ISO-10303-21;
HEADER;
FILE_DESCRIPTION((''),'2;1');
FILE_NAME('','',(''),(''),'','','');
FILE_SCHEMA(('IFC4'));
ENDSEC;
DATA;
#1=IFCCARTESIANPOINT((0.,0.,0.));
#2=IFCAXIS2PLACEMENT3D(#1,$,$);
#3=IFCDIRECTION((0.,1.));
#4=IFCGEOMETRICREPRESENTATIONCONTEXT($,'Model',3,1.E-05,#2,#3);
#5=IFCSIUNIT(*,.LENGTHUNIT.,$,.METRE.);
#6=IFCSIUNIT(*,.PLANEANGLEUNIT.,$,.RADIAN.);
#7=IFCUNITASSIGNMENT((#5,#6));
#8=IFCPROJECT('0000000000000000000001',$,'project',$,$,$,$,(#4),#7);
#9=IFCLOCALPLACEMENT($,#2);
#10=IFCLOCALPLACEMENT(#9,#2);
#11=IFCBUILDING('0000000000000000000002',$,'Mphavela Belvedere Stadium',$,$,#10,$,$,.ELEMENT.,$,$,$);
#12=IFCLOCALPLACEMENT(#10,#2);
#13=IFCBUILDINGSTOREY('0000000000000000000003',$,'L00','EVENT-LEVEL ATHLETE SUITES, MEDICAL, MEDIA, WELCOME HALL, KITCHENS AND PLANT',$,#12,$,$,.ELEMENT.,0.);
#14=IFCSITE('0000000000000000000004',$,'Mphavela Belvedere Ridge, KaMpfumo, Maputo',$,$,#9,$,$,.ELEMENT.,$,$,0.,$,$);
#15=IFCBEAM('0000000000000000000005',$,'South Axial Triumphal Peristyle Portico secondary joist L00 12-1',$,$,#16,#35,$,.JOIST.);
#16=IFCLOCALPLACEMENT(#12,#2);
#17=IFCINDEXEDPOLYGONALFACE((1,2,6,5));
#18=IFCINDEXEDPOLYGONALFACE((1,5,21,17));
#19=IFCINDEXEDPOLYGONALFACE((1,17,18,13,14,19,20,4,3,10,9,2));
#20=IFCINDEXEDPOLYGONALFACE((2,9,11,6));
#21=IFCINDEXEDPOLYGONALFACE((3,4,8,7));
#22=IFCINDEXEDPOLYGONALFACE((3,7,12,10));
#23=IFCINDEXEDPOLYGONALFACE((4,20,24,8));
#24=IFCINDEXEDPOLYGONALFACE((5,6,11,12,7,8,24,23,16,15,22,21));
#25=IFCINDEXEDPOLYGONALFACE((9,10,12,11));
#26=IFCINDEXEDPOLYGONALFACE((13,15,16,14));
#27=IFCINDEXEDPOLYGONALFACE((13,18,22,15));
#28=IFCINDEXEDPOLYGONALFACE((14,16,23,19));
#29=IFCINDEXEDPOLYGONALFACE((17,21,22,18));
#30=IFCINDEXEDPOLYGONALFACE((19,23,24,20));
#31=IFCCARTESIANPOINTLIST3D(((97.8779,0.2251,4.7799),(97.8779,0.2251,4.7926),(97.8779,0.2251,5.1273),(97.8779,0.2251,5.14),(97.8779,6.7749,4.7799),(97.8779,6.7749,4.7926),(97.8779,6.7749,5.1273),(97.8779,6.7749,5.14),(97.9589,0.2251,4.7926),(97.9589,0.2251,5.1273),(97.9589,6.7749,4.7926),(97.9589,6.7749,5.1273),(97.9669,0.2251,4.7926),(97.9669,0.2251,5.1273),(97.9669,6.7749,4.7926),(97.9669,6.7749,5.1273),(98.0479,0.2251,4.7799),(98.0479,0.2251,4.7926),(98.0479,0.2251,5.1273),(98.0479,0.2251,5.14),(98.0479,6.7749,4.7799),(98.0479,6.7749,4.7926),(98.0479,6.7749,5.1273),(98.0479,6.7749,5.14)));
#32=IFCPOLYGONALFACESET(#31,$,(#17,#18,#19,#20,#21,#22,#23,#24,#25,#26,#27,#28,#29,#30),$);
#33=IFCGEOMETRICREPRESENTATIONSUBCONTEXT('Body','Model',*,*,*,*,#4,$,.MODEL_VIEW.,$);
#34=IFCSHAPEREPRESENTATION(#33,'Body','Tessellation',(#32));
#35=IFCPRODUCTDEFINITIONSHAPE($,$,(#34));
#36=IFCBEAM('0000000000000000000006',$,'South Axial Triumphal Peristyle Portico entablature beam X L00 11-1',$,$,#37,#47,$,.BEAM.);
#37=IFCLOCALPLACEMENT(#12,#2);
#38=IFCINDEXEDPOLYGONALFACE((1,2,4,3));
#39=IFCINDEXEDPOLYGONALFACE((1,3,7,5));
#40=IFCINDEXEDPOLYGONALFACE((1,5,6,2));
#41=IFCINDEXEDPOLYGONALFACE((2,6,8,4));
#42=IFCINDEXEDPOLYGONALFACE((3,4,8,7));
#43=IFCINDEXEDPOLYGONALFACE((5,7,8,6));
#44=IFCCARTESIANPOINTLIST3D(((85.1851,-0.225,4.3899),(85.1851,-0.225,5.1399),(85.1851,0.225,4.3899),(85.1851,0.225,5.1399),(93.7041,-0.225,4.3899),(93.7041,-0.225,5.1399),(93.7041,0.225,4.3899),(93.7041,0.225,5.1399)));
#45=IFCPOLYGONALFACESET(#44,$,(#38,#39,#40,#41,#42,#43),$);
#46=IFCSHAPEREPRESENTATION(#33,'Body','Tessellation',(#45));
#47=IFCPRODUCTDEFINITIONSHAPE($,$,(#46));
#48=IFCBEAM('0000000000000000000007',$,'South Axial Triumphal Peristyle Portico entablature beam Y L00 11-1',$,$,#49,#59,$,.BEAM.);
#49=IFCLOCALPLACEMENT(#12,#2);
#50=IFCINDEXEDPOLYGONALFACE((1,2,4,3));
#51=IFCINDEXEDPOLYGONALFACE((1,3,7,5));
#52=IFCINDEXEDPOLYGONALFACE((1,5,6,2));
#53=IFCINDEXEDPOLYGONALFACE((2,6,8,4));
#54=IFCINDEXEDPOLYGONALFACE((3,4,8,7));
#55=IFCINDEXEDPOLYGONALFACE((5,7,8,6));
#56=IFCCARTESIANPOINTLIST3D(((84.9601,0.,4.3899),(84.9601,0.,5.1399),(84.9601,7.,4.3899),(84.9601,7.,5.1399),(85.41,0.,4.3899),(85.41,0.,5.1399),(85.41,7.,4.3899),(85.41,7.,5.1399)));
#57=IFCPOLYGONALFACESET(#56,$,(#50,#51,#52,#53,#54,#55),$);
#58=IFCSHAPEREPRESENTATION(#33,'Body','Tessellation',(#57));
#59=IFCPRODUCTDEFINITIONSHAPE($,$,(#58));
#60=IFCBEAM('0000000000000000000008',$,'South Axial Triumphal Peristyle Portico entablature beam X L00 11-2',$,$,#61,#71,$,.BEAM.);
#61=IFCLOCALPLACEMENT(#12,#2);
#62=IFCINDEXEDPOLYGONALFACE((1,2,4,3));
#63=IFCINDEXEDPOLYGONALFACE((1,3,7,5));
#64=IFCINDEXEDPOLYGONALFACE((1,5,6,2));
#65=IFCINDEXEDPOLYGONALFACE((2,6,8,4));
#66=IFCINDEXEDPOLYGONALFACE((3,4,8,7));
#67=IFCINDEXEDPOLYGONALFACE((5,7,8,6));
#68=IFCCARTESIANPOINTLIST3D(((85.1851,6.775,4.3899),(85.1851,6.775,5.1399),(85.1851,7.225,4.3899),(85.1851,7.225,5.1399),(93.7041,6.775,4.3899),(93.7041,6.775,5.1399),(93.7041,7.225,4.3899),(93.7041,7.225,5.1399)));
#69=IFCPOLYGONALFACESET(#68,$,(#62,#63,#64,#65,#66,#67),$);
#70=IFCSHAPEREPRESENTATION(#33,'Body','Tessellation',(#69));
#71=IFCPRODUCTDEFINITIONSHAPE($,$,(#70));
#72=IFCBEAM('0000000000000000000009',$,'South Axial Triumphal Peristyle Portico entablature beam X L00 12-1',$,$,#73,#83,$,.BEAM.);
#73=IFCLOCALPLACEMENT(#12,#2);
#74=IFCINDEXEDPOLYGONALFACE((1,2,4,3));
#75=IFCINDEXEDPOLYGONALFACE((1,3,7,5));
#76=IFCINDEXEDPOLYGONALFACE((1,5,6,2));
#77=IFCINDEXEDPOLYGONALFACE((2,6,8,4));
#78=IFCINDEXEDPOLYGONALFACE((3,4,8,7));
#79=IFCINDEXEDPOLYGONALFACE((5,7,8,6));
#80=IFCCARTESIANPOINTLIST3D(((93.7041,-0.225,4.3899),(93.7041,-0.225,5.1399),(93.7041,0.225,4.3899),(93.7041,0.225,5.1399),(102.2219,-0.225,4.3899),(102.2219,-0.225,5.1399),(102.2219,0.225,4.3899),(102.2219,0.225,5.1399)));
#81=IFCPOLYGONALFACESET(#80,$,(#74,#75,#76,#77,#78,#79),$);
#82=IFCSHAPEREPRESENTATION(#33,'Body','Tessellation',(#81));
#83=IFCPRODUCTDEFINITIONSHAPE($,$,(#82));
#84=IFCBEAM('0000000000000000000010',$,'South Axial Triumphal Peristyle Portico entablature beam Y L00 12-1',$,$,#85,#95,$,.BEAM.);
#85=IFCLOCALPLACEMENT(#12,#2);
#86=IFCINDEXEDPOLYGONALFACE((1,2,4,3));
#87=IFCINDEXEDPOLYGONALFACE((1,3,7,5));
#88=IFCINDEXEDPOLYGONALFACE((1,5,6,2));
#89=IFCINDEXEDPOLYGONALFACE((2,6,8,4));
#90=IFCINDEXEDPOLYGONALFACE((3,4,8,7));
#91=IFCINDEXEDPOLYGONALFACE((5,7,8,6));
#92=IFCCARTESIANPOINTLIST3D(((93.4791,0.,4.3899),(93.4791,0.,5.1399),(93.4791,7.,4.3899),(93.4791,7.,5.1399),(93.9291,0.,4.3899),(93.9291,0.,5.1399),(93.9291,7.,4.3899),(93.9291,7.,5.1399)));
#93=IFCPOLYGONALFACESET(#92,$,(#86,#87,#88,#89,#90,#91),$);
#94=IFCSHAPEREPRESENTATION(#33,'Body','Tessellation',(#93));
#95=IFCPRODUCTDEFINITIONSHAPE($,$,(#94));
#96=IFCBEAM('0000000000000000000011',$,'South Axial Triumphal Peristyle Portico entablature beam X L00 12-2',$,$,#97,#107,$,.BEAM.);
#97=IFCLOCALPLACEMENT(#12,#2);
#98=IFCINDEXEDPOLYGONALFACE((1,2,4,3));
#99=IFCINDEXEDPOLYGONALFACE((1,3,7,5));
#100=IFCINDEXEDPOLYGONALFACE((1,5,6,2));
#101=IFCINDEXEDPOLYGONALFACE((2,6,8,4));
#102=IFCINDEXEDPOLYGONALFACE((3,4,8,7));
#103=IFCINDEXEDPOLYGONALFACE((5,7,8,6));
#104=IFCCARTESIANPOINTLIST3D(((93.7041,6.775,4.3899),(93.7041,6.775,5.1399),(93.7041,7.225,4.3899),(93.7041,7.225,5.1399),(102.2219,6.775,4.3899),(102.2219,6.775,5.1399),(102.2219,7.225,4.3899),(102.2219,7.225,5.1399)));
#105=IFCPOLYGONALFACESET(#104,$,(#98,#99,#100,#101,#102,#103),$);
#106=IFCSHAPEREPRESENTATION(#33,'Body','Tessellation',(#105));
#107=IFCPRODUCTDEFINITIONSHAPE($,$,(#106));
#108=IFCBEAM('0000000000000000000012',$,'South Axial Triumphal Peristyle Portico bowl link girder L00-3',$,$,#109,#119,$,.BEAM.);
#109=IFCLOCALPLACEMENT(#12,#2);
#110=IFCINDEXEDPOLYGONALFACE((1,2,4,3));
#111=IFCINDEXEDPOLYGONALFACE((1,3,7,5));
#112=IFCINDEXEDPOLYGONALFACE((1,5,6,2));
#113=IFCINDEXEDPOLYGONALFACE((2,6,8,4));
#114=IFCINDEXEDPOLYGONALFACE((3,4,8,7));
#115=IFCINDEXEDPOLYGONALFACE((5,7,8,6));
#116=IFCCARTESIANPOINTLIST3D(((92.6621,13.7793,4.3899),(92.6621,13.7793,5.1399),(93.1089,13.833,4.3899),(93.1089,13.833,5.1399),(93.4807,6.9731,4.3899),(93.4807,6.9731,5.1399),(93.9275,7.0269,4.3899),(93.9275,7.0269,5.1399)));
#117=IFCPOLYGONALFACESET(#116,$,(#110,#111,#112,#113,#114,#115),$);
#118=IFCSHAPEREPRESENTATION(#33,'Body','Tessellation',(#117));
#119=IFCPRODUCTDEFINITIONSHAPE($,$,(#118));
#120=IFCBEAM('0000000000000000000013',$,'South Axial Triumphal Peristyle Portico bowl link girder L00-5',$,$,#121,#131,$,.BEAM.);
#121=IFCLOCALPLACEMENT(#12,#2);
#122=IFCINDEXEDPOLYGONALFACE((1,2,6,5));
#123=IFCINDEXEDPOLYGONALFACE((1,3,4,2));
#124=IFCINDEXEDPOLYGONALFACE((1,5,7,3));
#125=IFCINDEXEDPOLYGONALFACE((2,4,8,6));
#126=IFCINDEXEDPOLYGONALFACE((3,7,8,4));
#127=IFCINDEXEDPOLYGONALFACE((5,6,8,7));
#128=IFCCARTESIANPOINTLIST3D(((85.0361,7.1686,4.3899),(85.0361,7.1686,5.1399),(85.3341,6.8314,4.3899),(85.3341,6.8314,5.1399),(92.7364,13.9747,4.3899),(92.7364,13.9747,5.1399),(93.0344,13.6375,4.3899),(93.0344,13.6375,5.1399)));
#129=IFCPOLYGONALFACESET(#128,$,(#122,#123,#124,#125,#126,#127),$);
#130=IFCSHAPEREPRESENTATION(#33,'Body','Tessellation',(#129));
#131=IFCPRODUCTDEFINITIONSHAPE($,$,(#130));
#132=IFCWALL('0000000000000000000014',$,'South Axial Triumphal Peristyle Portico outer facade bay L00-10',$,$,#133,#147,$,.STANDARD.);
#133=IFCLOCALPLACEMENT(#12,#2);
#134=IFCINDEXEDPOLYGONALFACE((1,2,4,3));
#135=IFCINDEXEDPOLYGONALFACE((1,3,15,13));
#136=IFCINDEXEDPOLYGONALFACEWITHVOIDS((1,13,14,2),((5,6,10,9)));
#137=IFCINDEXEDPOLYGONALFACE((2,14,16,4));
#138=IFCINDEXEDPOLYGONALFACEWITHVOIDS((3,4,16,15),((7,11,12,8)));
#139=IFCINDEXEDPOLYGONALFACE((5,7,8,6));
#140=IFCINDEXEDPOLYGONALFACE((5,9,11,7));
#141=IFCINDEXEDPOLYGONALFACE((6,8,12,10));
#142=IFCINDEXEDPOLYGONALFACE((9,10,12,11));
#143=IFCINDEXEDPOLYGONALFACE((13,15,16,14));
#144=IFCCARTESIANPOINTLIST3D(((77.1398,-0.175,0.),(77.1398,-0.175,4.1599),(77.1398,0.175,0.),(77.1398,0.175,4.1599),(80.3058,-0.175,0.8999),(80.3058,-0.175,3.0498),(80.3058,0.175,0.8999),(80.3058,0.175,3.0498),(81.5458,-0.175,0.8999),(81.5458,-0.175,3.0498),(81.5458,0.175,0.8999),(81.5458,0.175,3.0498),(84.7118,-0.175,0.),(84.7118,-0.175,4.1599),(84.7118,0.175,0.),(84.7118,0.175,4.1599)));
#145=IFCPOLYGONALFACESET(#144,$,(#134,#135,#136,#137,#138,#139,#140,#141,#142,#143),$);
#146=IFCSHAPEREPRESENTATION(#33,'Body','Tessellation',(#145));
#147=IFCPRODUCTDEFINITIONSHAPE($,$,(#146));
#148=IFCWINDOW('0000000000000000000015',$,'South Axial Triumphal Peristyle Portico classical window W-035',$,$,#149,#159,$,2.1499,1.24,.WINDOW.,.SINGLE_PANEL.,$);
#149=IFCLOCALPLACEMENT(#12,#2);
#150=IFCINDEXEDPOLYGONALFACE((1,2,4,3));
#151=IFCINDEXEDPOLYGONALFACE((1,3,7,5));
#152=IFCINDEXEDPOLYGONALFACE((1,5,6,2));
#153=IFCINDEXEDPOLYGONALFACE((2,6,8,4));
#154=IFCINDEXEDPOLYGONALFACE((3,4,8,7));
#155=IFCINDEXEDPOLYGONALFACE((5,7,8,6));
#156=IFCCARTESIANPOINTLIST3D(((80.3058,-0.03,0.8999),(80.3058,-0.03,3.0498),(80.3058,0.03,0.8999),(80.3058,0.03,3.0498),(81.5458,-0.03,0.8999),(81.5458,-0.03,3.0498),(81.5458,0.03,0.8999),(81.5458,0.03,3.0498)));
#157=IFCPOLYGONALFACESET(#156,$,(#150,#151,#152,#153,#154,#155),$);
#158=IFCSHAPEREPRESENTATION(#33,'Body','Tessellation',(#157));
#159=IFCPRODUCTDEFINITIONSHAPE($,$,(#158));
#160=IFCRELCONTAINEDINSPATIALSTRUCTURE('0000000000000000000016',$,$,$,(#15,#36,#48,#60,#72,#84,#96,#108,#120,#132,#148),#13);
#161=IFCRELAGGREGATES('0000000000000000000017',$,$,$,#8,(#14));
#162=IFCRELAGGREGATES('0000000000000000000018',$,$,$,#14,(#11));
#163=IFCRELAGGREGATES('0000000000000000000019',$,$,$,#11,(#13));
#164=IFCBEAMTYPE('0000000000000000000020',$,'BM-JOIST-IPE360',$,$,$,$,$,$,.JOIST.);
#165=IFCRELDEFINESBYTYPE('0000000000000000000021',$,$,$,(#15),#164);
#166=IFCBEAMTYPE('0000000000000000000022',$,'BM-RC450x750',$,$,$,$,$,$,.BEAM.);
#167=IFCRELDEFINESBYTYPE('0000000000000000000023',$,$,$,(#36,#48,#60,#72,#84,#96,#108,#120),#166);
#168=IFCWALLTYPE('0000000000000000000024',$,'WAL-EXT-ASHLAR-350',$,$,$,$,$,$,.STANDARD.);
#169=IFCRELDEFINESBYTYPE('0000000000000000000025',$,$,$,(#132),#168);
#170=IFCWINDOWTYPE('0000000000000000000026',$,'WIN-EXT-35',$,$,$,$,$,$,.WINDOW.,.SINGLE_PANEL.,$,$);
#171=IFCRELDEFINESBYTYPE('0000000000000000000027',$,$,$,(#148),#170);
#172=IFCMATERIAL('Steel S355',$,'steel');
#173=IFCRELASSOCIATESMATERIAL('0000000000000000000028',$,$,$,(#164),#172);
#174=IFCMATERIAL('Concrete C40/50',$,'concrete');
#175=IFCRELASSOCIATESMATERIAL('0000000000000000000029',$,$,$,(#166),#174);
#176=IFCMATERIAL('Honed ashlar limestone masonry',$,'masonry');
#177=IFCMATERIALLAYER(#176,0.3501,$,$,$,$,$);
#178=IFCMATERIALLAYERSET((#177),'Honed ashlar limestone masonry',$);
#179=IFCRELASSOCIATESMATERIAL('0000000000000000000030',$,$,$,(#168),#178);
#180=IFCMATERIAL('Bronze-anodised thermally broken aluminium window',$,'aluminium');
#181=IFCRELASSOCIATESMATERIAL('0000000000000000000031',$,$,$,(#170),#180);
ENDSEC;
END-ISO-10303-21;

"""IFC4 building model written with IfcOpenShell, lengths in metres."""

from ifc_helpers import new_model, si_unit, direction, frame, frame_2d, origin, origin_2d, place, context, subcontext, project, spatial, rectangle, i_section, extrude, material, layer, layer_set, material_profile, profile_set, type_object, element, fill, save


model = new_model("IFC4")

# Units and contexts
model_context = context("Model", 3, precision=1e-05, world=origin(), true_north=direction((0.0, 1.0)))
body_context = subcontext(model_context, "Body", "Model", "MODEL_VIEW")
ifc_project = project(units=[si_unit("LENGTHUNIT", "METRE"), si_unit("PLANEANGLEUNIT", "RADIAN")], contexts=[model_context])

# Site, building, storey
site_placement = place(None, origin())
site = spatial("IfcSite", under=ifc_project, at=site_placement, Name="Mphavela Belvedere Ridge, KaMpfumo, Maputo", CompositionType="ELEMENT", RefElevation=0.0)
building_placement = place(site_placement, origin())
building = spatial("IfcBuilding", under=site, at=building_placement, Name="Mphavela Belvedere Stadium", CompositionType="ELEMENT")
storey_placement = place(building_placement, origin())
storey = spatial("IfcBuildingStorey", under=building, at=storey_placement, Name="L00", Description="EVENT-LEVEL ATHLETE SUITES, MEDICAL, MEDIA, WELCOME HALL, KITCHENS AND PLANT", CompositionType="ELEMENT", Elevation=0.0)

# Beams
ifc_material_1 = material(Name="Steel S355", Category="steel")
ifc_material_profile_1 = material_profile(ifc_material_1, i_section(OverallWidth=0.1699, OverallDepth=0.3601, WebThickness=0.0081, FlangeThickness=0.0127, at=origin_2d()), Name="IPE 360")
ifc_profile_set_1 = profile_set([ifc_material_profile_1], Name="Steel S355")
beam_type_1 = type_object("IfcBeamType", Name="BM-JOIST-IPE360", PredefinedType="JOIST", material=ifc_profile_set_1)
for number, where, z_axis, x_axis, name in (
    (1, (97.9629, 0.2251, 4.96), (0.0, 1.0, 0.0), (-1.0, 0.0, 0.0), "South Axial Triumphal Peristyle Portico secondary joist L00 12-1"),
):
    element("IfcBeam", number, at=place(storey_placement, frame(where, z_axis=z_axis, x_axis=x_axis)), inside=storey, type_object=beam_type_1, Name=name, PredefinedType="JOIST", context=body_context, shape_type="SweptSolid", body=[
        extrude(i_section(OverallWidth=0.1699, OverallDepth=0.3601, WebThickness=0.0081, FlangeThickness=0.0127, at=origin_2d()), origin(), (0.0, 0.0, 1.0), 6.5498),
    ])
ifc_material_2 = material(Name="Concrete C40/50", Category="concrete")
ifc_material_profile_2 = material_profile(ifc_material_2, rectangle(XDim=0.45, YDim=0.75, at=origin_2d()), Name="RC 450x750")
ifc_profile_set_2 = profile_set([ifc_material_profile_2], Name="Concrete C40/50")
beam_type_2 = type_object("IfcBeamType", Name="BM-RC450x750", PredefinedType="BEAM", material=ifc_profile_set_2)
beam_1_placement = place(storey_placement, frame((85.1851, 0.0, 4.7649), z_axis=(1.0, 0.0, 0.0), x_axis=(0.0, 1.0, 0.0)))
element("IfcBeam", 2, at=beam_1_placement, inside=storey, type_object=beam_type_2, Name="South Axial Triumphal Peristyle Portico entablature beam X L00 11-1", PredefinedType="BEAM", context=body_context, shape_type="SweptSolid", body=[
    extrude(rectangle(XDim=0.45, YDim=0.75, at=origin_2d()), origin(), (0.0, 0.0, 1.0), 8.519),
])
beam_2_placement = place(storey_placement, frame((85.1851, 0.0, 4.7649), z_axis=(0.0, 1.0, 0.0), x_axis=(-1.0, 0.0, 0.0)))
element("IfcBeam", 3, at=beam_2_placement, inside=storey, type_object=beam_type_2, Name="South Axial Triumphal Peristyle Portico entablature beam Y L00 11-1", PredefinedType="BEAM", context=body_context, shape_type="SweptSolid", body=[
    extrude(rectangle(XDim=0.45, YDim=0.75, at=origin_2d()), origin(), (0.0, 0.0, 1.0), 7.0),
])
beam_3_placement = place(storey_placement, frame((85.1851, 7.0, 4.7649), z_axis=(1.0, 0.0, 0.0), x_axis=(0.0, 1.0, 0.0)))
element("IfcBeam", 4, at=beam_3_placement, inside=storey, type_object=beam_type_2, Name="South Axial Triumphal Peristyle Portico entablature beam X L00 11-2", PredefinedType="BEAM", context=body_context, shape_type="SweptSolid", body=[
    extrude(rectangle(XDim=0.45, YDim=0.75, at=origin_2d()), origin(), (0.0, 0.0, 1.0), 8.519),
])
beam_4_placement = place(storey_placement, frame((93.7041, 0.0, 4.7649), z_axis=(1.0, 0.0, 0.0), x_axis=(0.0, 1.0, 0.0)))
element("IfcBeam", 5, at=beam_4_placement, inside=storey, type_object=beam_type_2, Name="South Axial Triumphal Peristyle Portico entablature beam X L00 12-1", PredefinedType="BEAM", context=body_context, shape_type="SweptSolid", body=[
    extrude(rectangle(XDim=0.45, YDim=0.75, at=origin_2d()), origin(), (0.0, 0.0, 1.0), 8.5178),
])
beam_5_placement = place(storey_placement, frame((93.7041, 0.0, 4.7649), z_axis=(0.0, 1.0, 0.0), x_axis=(-1.0, 0.0, 0.0)))
element("IfcBeam", 6, at=beam_5_placement, inside=storey, type_object=beam_type_2, Name="South Axial Triumphal Peristyle Portico entablature beam Y L00 12-1", PredefinedType="BEAM", context=body_context, shape_type="SweptSolid", body=[
    extrude(rectangle(XDim=0.45, YDim=0.75, at=origin_2d()), origin(), (0.0, 0.0, 1.0), 7.0),
])
beam_6_placement = place(storey_placement, frame((93.7041, 7.0, 4.7649), z_axis=(1.0, 0.0, 0.0), x_axis=(0.0, 1.0, 0.0)))
element("IfcBeam", 7, at=beam_6_placement, inside=storey, type_object=beam_type_2, Name="South Axial Triumphal Peristyle Portico entablature beam X L00 12-2", PredefinedType="BEAM", context=body_context, shape_type="SweptSolid", body=[
    extrude(rectangle(XDim=0.45, YDim=0.75, at=origin_2d()), origin(), (0.0, 0.0, 1.0), 8.5178),
])
beam_7_placement = place(storey_placement, frame((93.7041, 7.0, 4.7649), z_axis=(-0.119413, 0.992845, 0.0), x_axis=(-0.992845, -0.119413, 0.0)))
element("IfcBeam", 8, at=beam_7_placement, inside=storey, type_object=beam_type_2, Name="South Axial Triumphal Peristyle Portico bowl link girder L00-3", PredefinedType="BEAM", context=body_context, shape_type="SweptSolid", body=[
    extrude(rectangle(XDim=0.45, YDim=0.75, at=origin_2d()), origin(), (0.0, 0.0, 1.0), 6.8552),
])
beam_8_placement = place(storey_placement, frame((85.1851, 7.0, 4.7649), z_axis=(0.749275, 0.662259, 0.0), x_axis=(-0.662259, 0.749275, 0.0)))
element("IfcBeam", 9, at=beam_8_placement, inside=storey, type_object=beam_type_2, Name="South Axial Triumphal Peristyle Portico bowl link girder L00-5", PredefinedType="BEAM", context=body_context, shape_type="SweptSolid", body=[
    extrude(rectangle(XDim=0.45, YDim=0.75, at=origin_2d()), origin(), (0.0, 0.0, 1.0), 10.2771),
])

# Wall, opening, window
ifc_material_3 = material(Name="Honed ashlar limestone masonry", Category="masonry")
ifc_layer_1 = layer(ifc_material_3, 0.3501)
ifc_layer_set_1 = layer_set([ifc_layer_1], Name="Honed ashlar limestone masonry")
wall_type_1 = type_object("IfcWallType", Name="WAL-EXT-ASHLAR-350", PredefinedType="STANDARD", material=ifc_layer_set_1)
wall_1_placement = place(storey_placement, frame((84.7119, 0.0, 0.0), z_axis=(0.0, 0.0, 1.0), x_axis=(-1.0, 0.0, 0.0)))
wall_1 = element("IfcWall", 10, at=wall_1_placement, inside=storey, type_object=wall_type_1, Name="South Axial Triumphal Peristyle Portico outer facade bay L00-10", PredefinedType="STANDARD", context=body_context, shape_type="SweptSolid", body=[
    extrude(rectangle(XDim=7.572, YDim=0.3501, at=frame_2d((3.7861, 0.0))), origin(), (0.0, 0.0, 1.0), 4.1599),
])
opening_1_placement = place(wall_1_placement, frame((3.166, 0.0, 0.8999)))
opening_1 = element("IfcOpeningElement", 11, at=opening_1_placement, cuts=wall_1, PredefinedType="OPENING", context=body_context, shape_type="SweptSolid", body=[
    extrude(rectangle(XDim=1.24, YDim=2.1499, at=frame_2d((0.6201, 1.075))), frame((0.0, 0.1851, 0.0), z_axis=(0.0, -1.0, 0.0), x_axis=(1.0, 0.0, 0.0)), (0.0, 0.0, 1.0), 0.3701),
])
ifc_material_4 = material(Name="Bronze-anodised thermally broken aluminium window", Category="aluminium")
window_type = type_object("IfcWindowType", Name="WIN-EXT-35", PartitioningType="SINGLE_PANEL", PredefinedType="WINDOW", material=ifc_material_4)
window_placement = place(opening_1_placement, origin())
window = element("IfcWindow", 12, at=window_placement, inside=storey, type_object=window_type, Name="South Axial Triumphal Peristyle Portico classical window W-035", OverallHeight=2.1499, OverallWidth=1.24, PartitioningType="SINGLE_PANEL", PredefinedType="WINDOW", context=body_context, shape_type="SweptSolid", body=[
    extrude(rectangle(XDim=1.24, YDim=2.1499, at=frame_2d((0.6201, 1.075))), frame((0.0, 0.03, 0.0), z_axis=(0.0, -1.0, 0.0), x_axis=(1.0, 0.0, 0.0)), (0.0, 0.0, 1.0), 0.0601),
])
fill(opening_1, window)

save(model, "model.ifc")
